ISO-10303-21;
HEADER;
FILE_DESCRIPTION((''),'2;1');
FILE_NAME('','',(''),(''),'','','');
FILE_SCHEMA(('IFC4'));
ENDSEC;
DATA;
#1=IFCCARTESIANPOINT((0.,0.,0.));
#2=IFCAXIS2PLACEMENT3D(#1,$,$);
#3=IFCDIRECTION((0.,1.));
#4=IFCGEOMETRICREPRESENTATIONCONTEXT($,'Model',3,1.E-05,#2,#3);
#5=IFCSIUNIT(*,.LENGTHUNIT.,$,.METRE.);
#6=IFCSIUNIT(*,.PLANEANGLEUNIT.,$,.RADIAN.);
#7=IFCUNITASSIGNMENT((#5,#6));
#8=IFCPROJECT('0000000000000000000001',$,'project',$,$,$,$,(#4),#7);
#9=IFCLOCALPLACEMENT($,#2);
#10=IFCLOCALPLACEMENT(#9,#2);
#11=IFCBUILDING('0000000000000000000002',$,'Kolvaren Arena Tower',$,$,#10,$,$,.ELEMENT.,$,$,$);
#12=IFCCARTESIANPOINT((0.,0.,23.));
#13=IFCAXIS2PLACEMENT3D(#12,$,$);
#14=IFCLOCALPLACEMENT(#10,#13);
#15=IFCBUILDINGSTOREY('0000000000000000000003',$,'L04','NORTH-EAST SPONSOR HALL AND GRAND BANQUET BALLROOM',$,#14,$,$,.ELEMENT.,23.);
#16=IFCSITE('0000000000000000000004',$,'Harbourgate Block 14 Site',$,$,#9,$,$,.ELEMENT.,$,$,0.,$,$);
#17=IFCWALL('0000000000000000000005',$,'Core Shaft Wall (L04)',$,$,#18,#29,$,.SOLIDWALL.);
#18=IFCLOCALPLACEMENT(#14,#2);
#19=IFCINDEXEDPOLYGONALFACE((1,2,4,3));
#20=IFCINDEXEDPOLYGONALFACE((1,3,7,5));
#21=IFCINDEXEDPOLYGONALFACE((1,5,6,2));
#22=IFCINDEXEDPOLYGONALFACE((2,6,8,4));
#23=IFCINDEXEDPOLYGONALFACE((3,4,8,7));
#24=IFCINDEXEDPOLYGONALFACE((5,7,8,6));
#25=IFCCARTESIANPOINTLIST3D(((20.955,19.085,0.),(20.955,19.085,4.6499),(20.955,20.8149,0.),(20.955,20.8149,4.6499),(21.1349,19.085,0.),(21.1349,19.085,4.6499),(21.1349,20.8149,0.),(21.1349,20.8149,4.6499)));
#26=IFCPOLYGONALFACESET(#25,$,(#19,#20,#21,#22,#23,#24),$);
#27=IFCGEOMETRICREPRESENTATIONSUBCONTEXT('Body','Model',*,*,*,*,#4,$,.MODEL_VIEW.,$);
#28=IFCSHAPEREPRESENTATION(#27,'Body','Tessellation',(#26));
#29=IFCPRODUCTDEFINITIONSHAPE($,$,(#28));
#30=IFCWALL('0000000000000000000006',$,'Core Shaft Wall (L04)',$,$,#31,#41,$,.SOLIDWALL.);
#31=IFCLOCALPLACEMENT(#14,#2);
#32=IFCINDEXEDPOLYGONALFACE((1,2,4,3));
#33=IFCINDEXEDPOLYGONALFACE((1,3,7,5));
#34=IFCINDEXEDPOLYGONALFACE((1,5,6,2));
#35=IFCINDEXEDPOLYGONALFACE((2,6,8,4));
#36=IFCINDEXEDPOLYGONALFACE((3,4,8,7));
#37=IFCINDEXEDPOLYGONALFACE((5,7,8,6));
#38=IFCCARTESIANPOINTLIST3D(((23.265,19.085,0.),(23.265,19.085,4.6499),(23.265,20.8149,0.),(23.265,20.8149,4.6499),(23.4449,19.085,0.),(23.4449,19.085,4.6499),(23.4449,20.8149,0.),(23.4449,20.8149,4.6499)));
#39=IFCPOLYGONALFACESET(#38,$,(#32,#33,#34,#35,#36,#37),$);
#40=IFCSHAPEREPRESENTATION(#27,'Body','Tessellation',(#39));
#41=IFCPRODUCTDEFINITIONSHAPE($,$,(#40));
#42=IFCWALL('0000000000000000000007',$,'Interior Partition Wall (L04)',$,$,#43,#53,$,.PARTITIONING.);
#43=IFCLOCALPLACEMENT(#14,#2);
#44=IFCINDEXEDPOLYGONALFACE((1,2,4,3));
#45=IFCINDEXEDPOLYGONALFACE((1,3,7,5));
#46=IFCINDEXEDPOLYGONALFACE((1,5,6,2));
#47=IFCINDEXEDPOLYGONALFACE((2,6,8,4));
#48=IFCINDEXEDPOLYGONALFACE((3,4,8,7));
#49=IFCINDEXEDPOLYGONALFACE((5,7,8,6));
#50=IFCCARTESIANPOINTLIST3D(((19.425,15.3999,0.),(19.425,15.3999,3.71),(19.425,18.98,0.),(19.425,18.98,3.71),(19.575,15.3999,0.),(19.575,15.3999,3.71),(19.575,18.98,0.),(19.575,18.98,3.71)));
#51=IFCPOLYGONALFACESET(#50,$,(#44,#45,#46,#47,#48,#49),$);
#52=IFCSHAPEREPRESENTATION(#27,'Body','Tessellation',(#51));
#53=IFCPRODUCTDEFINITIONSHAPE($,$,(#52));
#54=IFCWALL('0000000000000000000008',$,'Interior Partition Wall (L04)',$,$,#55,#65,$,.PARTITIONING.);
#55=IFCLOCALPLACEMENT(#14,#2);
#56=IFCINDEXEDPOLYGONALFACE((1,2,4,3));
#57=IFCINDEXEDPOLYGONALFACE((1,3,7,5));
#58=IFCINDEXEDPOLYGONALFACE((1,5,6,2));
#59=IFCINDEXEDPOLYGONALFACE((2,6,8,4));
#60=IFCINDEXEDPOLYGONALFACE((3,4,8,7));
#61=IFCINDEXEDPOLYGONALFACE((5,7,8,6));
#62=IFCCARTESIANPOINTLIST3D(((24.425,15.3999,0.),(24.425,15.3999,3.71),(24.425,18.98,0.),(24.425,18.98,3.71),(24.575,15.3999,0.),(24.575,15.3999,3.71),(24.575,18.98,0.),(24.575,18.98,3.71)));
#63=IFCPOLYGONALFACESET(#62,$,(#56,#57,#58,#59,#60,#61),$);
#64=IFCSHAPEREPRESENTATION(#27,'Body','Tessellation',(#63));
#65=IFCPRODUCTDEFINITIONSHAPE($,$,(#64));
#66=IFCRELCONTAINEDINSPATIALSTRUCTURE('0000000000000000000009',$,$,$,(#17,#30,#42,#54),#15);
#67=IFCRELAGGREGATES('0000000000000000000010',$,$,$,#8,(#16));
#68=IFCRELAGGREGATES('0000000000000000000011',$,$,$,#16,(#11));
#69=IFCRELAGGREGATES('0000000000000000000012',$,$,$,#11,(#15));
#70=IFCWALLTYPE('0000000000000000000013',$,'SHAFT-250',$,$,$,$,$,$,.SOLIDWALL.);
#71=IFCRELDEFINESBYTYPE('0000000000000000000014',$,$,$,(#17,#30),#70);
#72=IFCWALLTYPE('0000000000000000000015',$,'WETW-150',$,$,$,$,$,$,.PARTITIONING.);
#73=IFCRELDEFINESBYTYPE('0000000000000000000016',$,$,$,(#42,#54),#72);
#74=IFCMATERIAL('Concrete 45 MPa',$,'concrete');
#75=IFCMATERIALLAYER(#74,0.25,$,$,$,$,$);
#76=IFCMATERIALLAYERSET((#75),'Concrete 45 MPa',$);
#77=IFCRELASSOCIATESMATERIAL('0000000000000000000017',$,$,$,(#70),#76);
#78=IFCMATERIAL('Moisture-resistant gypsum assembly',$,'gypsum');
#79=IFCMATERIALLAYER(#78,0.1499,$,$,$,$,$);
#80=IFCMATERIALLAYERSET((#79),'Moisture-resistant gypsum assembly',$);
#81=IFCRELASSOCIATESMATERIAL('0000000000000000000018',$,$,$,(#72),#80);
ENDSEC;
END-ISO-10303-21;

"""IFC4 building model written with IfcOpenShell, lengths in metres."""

from ifc_helpers import new_model, si_unit, direction, frame, frame_2d, origin, place, context, subcontext, project, spatial, rectangle, extrude, material, layer, layer_set, type_object, element, save


model = new_model("IFC4")

# Units and contexts
model_context = context("Model", 3, precision=1e-05, world=origin(), true_north=direction((0.0, 1.0)))
body_context = subcontext(model_context, "Body", "Model", "MODEL_VIEW")
ifc_project = project(units=[si_unit("LENGTHUNIT", "METRE"), si_unit("PLANEANGLEUNIT", "RADIAN")], contexts=[model_context])

# Site, building, storey
site_placement = place(None, origin())
site = spatial("IfcSite", under=ifc_project, at=site_placement, Name="Harbourgate Block 14 Site", CompositionType="ELEMENT", RefElevation=0.0)
building_placement = place(site_placement, origin())
building = spatial("IfcBuilding", under=site, at=building_placement, Name="Kolvaren Arena Tower", CompositionType="ELEMENT")
storey_placement = place(building_placement, frame((0.0, 0.0, 23.0)))
storey = spatial("IfcBuildingStorey", under=building, at=storey_placement, Name="L04", Description="NORTH-EAST SPONSOR HALL AND GRAND BANQUET BALLROOM", CompositionType="ELEMENT", Elevation=23.0)

# Shared definitions
ifc_material_1 = material(Name="Concrete 45 MPa", Category="concrete")
ifc_layer_1 = layer(ifc_material_1, 0.25)
ifc_layer_set_1 = layer_set([ifc_layer_1], Name="Concrete 45 MPa")
wall_type_1 = type_object("IfcWallType", Name="SHAFT-250", PredefinedType="SOLIDWALL", material=ifc_layer_set_1)

# Walls
for number, where, z_axis, x_axis, name in (
    (1, (21.0449, 19.085, 0.0), (0.0, 0.0, 1.0), (0.0, 1.0, 0.0), "Core Shaft Wall (L04)"),
    (2, (23.355, 19.085, 0.0), (0.0, 0.0, 1.0), (0.0, 1.0, 0.0), "Core Shaft Wall (L04)"),
):
    element("IfcWall", number, at=place(storey_placement, frame(where, z_axis=z_axis, x_axis=x_axis)), inside=storey, type_object=wall_type_1, Name=name, PredefinedType="SOLIDWALL", context=body_context, shape_type="SweptSolid", body=[
        extrude(rectangle(XDim=1.73, YDim=0.1799, at=frame_2d((0.865, 0.0))), origin(), (0.0, 0.0, 1.0), 4.6499),
    ])
ifc_material_2 = material(Name="Moisture-resistant gypsum assembly", Category="gypsum")
ifc_layer_2 = layer(ifc_material_2, 0.1499)
ifc_layer_set_2 = layer_set([ifc_layer_2], Name="Moisture-resistant gypsum assembly")
wall_type_2 = type_object("IfcWallType", Name="WETW-150", PredefinedType="PARTITIONING", material=ifc_layer_set_2)
for number, where, z_axis, x_axis, name in (
    (3, (19.5, 15.3999, 0.0), (0.0, 0.0, 1.0), (0.0, 1.0, 0.0), "Interior Partition Wall (L04)"),
    (4, (24.5, 15.3999, 0.0), (0.0, 0.0, 1.0), (0.0, 1.0, 0.0), "Interior Partition Wall (L04)"),
):
    element("IfcWall", number, at=place(storey_placement, frame(where, z_axis=z_axis, x_axis=x_axis)), inside=storey, type_object=wall_type_2, Name=name, PredefinedType="PARTITIONING", context=body_context, shape_type="SweptSolid", body=[
        extrude(rectangle(XDim=3.5801, YDim=0.1499, at=frame_2d((1.79, 0.0))), origin(), (0.0, 0.0, 1.0), 3.71),
    ])

save(model, "model.ifc")
